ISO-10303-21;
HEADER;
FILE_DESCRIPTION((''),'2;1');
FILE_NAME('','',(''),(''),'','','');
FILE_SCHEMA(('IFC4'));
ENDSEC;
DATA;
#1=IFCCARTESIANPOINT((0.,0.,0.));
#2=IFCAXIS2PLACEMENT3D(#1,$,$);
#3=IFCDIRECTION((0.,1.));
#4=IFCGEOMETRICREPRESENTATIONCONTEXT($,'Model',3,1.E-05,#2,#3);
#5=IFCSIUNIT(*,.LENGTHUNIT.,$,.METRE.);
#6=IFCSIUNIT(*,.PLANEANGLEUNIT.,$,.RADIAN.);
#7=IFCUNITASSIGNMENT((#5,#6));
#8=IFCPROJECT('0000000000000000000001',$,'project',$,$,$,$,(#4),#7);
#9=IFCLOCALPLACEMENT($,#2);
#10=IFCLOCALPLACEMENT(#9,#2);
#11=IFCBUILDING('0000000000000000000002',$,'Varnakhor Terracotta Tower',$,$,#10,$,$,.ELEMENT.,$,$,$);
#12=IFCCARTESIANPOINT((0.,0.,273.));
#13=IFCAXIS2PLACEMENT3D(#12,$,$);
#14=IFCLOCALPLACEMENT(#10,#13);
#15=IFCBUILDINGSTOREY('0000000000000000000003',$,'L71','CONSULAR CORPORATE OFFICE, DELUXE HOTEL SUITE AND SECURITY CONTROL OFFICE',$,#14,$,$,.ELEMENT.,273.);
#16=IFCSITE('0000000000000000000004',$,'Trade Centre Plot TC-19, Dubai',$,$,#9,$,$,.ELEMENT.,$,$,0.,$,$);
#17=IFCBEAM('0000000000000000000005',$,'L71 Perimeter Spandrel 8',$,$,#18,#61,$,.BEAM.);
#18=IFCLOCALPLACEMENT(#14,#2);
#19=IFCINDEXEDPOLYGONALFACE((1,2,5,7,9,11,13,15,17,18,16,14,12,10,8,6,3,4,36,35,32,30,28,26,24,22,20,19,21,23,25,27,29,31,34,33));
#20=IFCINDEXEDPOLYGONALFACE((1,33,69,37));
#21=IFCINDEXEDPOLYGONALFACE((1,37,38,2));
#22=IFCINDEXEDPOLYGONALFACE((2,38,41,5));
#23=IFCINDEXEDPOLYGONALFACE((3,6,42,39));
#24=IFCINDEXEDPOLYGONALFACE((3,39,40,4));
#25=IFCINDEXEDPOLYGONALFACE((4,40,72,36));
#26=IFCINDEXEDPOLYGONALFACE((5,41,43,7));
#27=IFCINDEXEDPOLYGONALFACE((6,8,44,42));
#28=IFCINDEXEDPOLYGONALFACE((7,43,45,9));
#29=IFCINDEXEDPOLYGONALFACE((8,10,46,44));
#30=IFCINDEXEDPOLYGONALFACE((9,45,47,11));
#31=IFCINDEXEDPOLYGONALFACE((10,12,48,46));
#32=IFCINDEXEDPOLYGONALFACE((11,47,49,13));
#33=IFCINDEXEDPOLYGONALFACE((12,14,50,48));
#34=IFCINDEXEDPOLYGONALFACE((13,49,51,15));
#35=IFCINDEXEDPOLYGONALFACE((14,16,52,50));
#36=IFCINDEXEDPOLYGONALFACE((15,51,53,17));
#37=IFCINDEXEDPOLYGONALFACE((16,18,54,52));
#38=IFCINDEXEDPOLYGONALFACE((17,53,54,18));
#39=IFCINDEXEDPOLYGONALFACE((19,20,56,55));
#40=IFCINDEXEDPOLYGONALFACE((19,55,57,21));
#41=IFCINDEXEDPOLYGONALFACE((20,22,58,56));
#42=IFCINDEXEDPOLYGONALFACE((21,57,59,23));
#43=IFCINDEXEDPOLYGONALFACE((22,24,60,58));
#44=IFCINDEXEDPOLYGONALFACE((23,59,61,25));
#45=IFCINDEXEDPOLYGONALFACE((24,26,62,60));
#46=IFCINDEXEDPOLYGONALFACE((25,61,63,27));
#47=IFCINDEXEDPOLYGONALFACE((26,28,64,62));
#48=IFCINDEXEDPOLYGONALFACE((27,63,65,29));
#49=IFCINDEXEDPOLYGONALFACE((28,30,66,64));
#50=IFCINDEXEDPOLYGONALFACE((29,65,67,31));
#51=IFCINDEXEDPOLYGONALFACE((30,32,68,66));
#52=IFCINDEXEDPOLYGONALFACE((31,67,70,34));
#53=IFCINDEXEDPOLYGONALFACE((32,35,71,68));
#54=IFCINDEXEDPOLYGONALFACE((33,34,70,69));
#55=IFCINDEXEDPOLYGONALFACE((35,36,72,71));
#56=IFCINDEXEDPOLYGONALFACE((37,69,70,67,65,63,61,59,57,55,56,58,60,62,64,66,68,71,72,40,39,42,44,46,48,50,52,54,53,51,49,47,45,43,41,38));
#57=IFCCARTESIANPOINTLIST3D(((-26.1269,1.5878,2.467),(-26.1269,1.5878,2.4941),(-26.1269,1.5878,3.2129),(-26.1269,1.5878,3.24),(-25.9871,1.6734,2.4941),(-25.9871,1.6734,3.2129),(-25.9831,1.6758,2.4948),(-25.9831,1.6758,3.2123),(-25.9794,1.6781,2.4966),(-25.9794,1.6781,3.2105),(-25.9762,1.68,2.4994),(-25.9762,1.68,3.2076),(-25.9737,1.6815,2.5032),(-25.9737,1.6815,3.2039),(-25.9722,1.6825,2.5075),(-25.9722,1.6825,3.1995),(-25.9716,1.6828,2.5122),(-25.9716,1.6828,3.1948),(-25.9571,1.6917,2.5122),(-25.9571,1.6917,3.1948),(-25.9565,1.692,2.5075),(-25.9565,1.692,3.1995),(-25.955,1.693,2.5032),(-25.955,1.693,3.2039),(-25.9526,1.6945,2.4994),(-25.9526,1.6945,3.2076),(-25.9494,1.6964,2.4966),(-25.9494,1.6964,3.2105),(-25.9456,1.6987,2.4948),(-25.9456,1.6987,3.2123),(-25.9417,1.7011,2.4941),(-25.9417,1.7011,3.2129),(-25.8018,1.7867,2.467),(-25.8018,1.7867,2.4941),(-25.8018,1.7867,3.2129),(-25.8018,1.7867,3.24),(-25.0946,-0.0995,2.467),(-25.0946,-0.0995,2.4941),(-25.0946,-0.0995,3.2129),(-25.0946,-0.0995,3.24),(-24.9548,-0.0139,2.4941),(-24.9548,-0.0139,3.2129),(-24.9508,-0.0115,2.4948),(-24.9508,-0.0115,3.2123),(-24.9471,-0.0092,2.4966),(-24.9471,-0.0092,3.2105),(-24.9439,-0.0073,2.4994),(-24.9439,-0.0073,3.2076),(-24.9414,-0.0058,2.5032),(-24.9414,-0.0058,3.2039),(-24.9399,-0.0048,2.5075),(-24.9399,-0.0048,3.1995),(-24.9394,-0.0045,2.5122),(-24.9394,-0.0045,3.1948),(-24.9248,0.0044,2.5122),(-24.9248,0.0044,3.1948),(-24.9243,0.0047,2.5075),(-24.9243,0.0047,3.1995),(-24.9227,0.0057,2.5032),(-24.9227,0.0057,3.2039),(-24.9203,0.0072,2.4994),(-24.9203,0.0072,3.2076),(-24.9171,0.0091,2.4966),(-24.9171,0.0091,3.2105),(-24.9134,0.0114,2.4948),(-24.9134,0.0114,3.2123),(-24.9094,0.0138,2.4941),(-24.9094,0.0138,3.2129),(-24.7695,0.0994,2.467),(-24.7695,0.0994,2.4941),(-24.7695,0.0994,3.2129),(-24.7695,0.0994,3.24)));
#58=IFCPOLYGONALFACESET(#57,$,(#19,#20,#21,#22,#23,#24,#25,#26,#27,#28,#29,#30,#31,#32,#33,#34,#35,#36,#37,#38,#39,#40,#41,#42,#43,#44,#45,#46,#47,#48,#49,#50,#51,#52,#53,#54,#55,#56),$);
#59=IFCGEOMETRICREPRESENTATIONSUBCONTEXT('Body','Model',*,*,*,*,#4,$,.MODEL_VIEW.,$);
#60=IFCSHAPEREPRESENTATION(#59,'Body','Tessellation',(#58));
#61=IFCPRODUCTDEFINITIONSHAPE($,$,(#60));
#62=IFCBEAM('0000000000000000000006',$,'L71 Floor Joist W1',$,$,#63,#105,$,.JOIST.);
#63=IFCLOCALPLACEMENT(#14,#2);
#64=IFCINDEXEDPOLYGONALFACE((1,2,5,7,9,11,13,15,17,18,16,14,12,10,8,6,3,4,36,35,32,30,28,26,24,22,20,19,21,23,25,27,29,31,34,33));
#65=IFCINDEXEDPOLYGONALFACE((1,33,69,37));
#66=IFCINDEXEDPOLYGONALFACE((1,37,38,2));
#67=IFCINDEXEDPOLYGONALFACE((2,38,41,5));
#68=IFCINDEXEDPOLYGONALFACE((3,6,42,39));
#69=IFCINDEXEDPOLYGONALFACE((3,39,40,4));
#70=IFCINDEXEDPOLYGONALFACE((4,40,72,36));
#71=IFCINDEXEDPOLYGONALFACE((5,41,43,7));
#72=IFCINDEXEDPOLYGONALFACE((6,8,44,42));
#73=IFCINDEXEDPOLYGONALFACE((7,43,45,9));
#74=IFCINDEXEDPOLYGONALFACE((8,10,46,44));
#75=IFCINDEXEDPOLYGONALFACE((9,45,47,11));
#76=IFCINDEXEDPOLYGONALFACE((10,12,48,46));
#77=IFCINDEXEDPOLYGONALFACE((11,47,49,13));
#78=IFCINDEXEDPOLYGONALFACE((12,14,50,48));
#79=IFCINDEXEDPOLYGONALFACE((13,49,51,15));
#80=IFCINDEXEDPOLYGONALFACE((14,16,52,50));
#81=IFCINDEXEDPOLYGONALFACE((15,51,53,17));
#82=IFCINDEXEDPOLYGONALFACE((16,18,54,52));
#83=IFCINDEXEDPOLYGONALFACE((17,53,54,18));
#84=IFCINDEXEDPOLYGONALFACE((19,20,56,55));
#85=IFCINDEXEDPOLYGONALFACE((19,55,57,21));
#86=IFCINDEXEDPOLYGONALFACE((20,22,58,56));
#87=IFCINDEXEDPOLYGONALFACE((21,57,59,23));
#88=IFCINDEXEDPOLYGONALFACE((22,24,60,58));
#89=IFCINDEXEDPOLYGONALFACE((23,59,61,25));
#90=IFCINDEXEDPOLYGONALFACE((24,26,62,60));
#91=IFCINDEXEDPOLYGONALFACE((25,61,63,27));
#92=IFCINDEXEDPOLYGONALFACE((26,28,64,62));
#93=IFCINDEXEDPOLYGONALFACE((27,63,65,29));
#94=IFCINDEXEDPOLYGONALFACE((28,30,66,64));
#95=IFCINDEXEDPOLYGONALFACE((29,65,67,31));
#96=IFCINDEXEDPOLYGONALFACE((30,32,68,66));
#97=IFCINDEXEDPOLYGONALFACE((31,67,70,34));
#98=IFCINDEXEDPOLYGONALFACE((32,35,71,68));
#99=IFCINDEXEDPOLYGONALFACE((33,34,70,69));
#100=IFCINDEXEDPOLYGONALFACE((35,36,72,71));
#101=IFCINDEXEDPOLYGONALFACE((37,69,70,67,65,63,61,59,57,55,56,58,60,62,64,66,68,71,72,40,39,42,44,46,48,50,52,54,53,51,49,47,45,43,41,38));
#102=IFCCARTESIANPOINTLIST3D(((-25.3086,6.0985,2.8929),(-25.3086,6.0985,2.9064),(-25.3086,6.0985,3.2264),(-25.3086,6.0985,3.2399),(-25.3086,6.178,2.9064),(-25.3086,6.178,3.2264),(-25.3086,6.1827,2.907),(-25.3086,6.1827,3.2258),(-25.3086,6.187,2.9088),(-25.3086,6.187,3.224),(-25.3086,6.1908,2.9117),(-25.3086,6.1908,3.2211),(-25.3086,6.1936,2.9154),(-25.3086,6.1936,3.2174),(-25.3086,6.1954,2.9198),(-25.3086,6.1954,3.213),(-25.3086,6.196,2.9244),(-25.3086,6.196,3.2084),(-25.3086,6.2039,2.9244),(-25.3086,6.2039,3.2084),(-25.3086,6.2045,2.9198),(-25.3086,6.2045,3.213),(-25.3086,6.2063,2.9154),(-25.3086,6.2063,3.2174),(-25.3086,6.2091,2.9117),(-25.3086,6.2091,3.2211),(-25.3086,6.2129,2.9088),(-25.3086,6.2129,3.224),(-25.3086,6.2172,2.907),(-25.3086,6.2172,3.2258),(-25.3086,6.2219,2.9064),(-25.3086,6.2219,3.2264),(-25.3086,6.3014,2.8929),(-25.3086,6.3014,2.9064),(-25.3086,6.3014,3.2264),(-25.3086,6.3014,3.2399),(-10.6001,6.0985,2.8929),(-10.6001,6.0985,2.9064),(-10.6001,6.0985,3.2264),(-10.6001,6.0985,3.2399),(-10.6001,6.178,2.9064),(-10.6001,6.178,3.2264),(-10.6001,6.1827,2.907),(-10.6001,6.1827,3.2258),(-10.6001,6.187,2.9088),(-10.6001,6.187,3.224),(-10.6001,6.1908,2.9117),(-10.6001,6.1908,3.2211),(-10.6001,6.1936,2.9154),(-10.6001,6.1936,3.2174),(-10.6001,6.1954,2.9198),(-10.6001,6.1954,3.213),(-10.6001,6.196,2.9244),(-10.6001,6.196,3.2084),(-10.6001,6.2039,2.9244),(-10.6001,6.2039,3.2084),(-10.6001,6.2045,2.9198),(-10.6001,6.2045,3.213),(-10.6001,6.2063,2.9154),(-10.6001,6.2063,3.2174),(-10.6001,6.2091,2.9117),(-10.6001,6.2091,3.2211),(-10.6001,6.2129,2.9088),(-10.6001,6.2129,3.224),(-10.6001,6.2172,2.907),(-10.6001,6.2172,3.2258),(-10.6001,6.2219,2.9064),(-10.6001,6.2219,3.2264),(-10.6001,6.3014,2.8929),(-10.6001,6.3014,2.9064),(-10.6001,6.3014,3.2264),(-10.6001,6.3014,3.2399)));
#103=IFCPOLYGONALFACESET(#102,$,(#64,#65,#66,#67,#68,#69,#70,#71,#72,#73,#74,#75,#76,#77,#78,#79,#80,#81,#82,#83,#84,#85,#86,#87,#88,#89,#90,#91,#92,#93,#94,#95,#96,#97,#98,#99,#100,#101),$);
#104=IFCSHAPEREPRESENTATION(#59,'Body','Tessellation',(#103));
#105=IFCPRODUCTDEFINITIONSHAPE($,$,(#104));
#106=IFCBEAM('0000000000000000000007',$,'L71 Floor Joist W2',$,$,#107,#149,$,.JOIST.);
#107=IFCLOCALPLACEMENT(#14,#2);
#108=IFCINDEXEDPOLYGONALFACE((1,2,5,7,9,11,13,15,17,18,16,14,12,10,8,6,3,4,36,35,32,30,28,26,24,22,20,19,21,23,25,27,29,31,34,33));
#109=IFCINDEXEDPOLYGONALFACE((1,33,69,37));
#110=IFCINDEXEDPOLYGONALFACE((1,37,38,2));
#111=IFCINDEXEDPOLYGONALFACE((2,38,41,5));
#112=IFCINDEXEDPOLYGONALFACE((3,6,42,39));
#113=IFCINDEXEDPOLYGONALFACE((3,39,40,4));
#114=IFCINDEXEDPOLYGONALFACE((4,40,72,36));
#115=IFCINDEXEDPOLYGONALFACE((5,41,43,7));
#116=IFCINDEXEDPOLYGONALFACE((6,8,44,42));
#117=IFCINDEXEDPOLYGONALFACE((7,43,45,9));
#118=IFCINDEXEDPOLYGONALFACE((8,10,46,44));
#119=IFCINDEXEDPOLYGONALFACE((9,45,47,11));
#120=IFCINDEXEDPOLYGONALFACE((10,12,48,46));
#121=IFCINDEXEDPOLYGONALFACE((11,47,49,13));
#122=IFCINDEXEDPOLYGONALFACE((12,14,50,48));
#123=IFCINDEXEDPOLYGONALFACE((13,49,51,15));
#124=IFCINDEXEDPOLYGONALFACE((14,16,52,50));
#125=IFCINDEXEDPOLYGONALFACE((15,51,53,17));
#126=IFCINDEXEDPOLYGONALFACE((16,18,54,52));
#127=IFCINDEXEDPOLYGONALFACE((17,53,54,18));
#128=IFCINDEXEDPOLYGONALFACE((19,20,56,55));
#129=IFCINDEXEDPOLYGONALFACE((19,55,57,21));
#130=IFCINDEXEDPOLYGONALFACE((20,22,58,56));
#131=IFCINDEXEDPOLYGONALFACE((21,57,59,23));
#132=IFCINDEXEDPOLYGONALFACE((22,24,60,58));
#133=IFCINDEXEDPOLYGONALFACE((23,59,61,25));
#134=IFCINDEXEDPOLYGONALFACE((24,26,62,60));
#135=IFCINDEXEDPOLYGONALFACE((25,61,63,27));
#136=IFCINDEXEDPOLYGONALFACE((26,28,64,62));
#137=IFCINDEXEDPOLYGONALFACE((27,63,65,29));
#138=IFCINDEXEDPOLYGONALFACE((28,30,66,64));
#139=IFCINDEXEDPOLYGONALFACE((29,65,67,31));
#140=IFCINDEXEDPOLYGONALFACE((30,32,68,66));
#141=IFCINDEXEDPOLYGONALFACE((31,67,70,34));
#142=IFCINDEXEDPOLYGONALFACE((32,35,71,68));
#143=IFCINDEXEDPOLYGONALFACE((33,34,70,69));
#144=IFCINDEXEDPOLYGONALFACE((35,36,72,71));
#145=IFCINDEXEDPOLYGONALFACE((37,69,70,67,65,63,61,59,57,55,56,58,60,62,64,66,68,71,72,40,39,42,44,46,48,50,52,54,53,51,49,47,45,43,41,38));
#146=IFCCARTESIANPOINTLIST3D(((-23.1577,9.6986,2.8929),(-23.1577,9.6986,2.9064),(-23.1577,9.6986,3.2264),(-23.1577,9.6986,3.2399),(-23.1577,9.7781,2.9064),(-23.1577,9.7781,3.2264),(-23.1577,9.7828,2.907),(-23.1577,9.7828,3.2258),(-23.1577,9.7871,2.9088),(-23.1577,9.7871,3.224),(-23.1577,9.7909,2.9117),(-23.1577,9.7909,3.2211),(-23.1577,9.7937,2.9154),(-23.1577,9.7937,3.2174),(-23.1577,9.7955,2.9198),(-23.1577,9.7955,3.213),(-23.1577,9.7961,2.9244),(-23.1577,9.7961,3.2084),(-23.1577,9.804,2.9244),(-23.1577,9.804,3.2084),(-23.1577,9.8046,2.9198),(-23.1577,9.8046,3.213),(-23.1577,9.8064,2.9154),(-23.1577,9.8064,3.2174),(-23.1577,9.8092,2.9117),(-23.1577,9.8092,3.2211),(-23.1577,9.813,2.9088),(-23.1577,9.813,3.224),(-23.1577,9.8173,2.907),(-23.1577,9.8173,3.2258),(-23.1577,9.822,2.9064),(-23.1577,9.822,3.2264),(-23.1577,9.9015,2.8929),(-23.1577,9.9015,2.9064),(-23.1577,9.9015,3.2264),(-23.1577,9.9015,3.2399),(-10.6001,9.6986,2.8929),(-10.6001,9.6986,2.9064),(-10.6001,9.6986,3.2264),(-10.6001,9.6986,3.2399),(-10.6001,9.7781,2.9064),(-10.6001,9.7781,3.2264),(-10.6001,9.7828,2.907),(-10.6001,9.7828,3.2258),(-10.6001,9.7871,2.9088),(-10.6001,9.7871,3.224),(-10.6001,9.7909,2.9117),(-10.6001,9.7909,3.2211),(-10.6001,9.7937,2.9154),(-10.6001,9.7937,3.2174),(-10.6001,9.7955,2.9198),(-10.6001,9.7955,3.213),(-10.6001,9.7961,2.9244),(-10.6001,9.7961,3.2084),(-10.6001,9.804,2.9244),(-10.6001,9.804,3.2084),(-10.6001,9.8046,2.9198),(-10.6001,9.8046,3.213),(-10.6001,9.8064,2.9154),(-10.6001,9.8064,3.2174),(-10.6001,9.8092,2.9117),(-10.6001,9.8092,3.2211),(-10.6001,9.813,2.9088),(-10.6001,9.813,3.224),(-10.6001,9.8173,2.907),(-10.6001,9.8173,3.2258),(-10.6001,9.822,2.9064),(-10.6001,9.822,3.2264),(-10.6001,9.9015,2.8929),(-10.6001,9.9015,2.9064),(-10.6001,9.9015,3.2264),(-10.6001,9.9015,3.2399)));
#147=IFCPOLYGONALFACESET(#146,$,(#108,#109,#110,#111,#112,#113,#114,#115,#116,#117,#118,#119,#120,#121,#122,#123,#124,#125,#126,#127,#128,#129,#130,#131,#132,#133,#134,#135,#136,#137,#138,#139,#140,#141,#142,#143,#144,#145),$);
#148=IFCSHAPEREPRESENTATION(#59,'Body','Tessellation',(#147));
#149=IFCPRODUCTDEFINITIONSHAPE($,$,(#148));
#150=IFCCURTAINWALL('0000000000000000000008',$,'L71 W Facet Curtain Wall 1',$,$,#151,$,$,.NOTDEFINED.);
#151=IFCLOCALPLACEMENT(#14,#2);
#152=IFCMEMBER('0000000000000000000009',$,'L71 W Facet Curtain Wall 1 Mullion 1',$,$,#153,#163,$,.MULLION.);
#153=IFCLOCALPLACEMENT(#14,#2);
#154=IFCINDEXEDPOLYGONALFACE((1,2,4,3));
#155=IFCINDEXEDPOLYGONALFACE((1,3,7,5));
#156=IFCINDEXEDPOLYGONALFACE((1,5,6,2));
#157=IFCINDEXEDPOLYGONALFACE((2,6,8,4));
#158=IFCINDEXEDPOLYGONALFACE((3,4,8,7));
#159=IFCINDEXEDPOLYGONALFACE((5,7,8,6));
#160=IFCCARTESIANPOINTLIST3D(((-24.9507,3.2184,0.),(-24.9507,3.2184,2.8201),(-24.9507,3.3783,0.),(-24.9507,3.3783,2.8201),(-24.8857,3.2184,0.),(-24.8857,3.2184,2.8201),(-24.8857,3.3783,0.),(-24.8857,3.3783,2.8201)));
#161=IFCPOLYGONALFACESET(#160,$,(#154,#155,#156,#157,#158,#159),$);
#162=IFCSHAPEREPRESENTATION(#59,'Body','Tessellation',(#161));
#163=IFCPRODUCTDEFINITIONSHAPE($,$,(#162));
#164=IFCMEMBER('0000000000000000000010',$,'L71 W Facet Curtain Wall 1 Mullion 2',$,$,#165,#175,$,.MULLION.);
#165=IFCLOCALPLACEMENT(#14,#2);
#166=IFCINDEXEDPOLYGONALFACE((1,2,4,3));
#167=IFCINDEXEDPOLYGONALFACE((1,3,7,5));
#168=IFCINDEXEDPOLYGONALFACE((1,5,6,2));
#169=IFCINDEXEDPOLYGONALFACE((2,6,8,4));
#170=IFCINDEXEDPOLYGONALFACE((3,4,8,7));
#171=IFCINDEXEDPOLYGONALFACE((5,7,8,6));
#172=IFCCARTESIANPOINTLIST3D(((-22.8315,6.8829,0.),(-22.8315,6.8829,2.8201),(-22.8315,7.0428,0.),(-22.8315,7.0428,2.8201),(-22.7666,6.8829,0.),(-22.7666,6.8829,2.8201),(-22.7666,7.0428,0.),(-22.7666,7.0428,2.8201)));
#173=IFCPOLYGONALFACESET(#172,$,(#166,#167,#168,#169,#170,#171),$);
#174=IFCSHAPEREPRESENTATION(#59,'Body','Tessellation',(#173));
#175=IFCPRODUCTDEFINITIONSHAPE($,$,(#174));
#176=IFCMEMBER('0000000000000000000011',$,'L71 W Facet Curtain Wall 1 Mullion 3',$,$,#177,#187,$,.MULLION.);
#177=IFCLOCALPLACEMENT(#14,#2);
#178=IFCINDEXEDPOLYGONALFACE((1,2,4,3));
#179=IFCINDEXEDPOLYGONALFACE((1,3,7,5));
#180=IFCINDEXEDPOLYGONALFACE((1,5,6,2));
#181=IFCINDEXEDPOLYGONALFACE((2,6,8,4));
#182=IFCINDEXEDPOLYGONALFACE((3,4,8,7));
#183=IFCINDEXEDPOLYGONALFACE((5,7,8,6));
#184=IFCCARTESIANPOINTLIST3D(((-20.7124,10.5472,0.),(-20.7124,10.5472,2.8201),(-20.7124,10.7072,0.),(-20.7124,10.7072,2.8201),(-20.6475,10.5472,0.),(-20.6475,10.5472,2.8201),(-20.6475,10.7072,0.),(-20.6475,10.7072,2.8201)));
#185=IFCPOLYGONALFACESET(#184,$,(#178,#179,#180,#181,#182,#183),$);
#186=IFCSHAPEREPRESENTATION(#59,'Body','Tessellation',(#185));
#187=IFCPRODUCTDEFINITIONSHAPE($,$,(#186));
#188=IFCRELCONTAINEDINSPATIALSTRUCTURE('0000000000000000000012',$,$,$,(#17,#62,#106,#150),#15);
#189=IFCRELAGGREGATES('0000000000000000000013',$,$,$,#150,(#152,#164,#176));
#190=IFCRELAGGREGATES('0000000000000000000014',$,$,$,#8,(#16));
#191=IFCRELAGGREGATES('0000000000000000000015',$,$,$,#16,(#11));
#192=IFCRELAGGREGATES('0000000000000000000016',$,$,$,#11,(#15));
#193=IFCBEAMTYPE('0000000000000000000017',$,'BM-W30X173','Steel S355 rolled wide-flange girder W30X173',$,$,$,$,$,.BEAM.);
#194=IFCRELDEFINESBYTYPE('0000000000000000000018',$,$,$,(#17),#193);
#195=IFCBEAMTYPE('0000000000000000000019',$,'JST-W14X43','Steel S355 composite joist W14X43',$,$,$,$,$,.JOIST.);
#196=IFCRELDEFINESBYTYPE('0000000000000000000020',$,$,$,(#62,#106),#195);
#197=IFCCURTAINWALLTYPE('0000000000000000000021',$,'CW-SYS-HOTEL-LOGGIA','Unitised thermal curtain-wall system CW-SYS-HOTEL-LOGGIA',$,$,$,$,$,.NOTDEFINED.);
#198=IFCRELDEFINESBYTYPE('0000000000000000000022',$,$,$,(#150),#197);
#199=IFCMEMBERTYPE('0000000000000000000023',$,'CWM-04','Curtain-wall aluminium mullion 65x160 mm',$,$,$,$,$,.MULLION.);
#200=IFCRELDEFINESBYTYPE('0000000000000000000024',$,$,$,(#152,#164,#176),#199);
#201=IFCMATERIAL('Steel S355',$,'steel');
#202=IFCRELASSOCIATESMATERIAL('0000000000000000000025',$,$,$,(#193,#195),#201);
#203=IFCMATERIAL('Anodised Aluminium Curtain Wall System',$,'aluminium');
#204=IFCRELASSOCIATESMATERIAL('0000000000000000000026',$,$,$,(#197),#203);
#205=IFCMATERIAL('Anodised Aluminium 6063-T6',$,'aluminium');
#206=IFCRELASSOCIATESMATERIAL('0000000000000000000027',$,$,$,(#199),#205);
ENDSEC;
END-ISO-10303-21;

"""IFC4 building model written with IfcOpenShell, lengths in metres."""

from ifc_helpers import new_model, si_unit, direction, frame, origin, origin_2d, place, context, subcontext, project, spatial, rectangle, i_section, extrude, source, transform, mapped, material, material_profile, profile_set, type_object, type_shapes, element, aggregate, save


model = new_model("IFC4")

# Units and contexts
model_context = context("Model", 3, precision=1e-05, world=origin(), true_north=direction((0.0, 1.0)))
body_context = subcontext(model_context, "Body", "Model", "MODEL_VIEW")
ifc_project = project(units=[si_unit("LENGTHUNIT", "METRE"), si_unit("PLANEANGLEUNIT", "RADIAN")], contexts=[model_context])

# Site, building, storey
site_placement = place(None, origin())
site = spatial("IfcSite", under=ifc_project, at=site_placement, Name="Trade Centre Plot TC-19, Dubai", CompositionType="ELEMENT", RefElevation=0.0)
building_placement = place(site_placement, origin())
building = spatial("IfcBuilding", under=site, at=building_placement, Name="Varnakhor Terracotta Tower", CompositionType="ELEMENT")
storey_placement = place(building_placement, frame((0.0, 0.0, 273.0)))
storey = spatial("IfcBuildingStorey", under=building, at=storey_placement, Name="L71", Description="CONSULAR CORPORATE OFFICE, DELUXE HOTEL SUITE AND SECURITY CONTROL OFFICE", CompositionType="ELEMENT", Elevation=273.0)

# Shared definitions
ifc_material_1 = material(Name="Steel S355", Category="steel")

# Beams
ifc_material_profile_1 = material_profile(ifc_material_1, i_section(OverallWidth=0.3811, OverallDepth=0.7729, WebThickness=0.0171, FlangeThickness=0.0271, FilletRadius=0.0181, at=origin_2d()), Name="W30X173")
ifc_profile_set_1 = profile_set([ifc_material_profile_1], Name="Steel S355")
beam_type_1 = type_object("IfcBeamType", Name="BM-W30X173", Description="Steel S355 rolled wide-flange girder W30X173", PredefinedType="BEAM", material=ifc_profile_set_1)
shared_shape_1 = source(origin(), body_context, "Body", "SweptSolid", [
    extrude(i_section(OverallWidth=0.3811, OverallDepth=0.7729, WebThickness=0.0171, FlangeThickness=0.0271, FilletRadius=0.0181, at=origin_2d()), origin(), (0.0, 0.0, 1.0), 1.978),
])
beam_1_placement = place(storey_placement, frame((-25.9644, 1.6873, 2.8535), z_axis=(0.521864, -0.853028, 0.0), x_axis=(0.853028, 0.521864, 0.0)))
element("IfcBeam", 1, at=beam_1_placement, inside=storey, type_object=beam_type_1, Name="L71 Perimeter Spandrel 8", PredefinedType="BEAM", context=body_context, shape_type="MappedRepresentation", body=[
    mapped(shared_shape_1, transform((0.0, 0.0, 0.0), scale=1.0)),
])
ifc_material_profile_2 = material_profile(ifc_material_1, i_section(OverallWidth=0.2029, OverallDepth=0.3469, WebThickness=0.0078, FlangeThickness=0.0134, FilletRadius=0.0181, at=origin_2d()), Name="W14X43")
ifc_profile_set_2 = profile_set([ifc_material_profile_2], Name="Steel S355")
beam_type_2 = type_object("IfcBeamType", Name="JST-W14X43", Description="Steel S355 composite joist W14X43", PredefinedType="JOIST", material=ifc_profile_set_2)
shared_shape_2 = source(origin(), body_context, "Body", "SweptSolid", [
    extrude(i_section(OverallWidth=0.2029, OverallDepth=0.3469, WebThickness=0.0078, FlangeThickness=0.0134, FilletRadius=0.0181, at=origin_2d()), origin(), (0.0, 0.0, 1.0), 14.7085),
])
beam_2_placement = place(storey_placement, frame((-25.3086, 6.2, 3.0664), z_axis=(1.0, 0.0, 0.0), x_axis=(0.0, 1.0, 0.0)))
element("IfcBeam", 2, at=beam_2_placement, inside=storey, type_object=beam_type_2, Name="L71 Floor Joist W1", PredefinedType="JOIST", context=body_context, shape_type="MappedRepresentation", body=[
    mapped(shared_shape_2, transform((0.0, 0.0, 0.0), scale=1.0)),
])
shared_shape_3 = source(origin(), body_context, "Body", "SweptSolid", [
    extrude(i_section(OverallWidth=0.2029, OverallDepth=0.3469, WebThickness=0.0078, FlangeThickness=0.0134, FilletRadius=0.0181, at=origin_2d()), origin(), (0.0, 0.0, 1.0), 12.5576),
])
beam_3_placement = place(storey_placement, frame((-23.1577, 9.8, 3.0664), z_axis=(1.0, 0.0, 0.0), x_axis=(0.0, 1.0, 0.0)))
element("IfcBeam", 3, at=beam_3_placement, inside=storey, type_object=beam_type_2, Name="L71 Floor Joist W2", PredefinedType="JOIST", context=body_context, shape_type="MappedRepresentation", body=[
    mapped(shared_shape_3, transform((0.0, 0.0, 0.0), scale=1.0)),
])

# Curtain wall, members
ifc_material_2 = material(Name="Anodised Aluminium Curtain Wall System", Category="aluminium")
curtain_wall_type = type_object("IfcCurtainWallType", Name="CW-SYS-HOTEL-LOGGIA", Description="Unitised thermal curtain-wall system CW-SYS-HOTEL-LOGGIA", PredefinedType="NOTDEFINED", material=ifc_material_2)
curtain_wall_1_placement = place(storey_placement, origin())
curtain_wall_1 = element("IfcCurtainWall", 4, at=curtain_wall_1_placement, inside=storey, type_object=curtain_wall_type, Name="L71 W Facet Curtain Wall 1", PredefinedType="NOTDEFINED")
ifc_material_3 = material(Name="Anodised Aluminium 6063-T6", Category="aluminium")
ifc_material_profile_3 = material_profile(ifc_material_3, rectangle(XDim=0.0649, YDim=0.1599, at=origin_2d()), Name="ALU MULLION 65x160")
ifc_profile_set_3 = profile_set([ifc_material_profile_3], Name="Anodised Aluminium 6063-T6")
member_type_1 = type_object("IfcMemberType", Name="CWM-04", Description="Curtain-wall aluminium mullion 65x160 mm", PredefinedType="MULLION", material=ifc_profile_set_3)
shared_shape_4 = source(origin(), body_context, "Body", "SweptSolid", [
    extrude(rectangle(XDim=0.0649, YDim=0.1599, at=origin_2d()), origin(), (0.0, 0.0, 1.0), 2.8201),
])
type_shapes(member_type_1, [shared_shape_4])
member_1_placement = place(storey_placement, frame((-24.9182, 3.2983, 0.0), z_axis=(0.0, 0.0, 1.0), x_axis=(1.0, 0.0, 0.0)))
member_1 = element("IfcMember", 5, at=member_1_placement, type_object=member_type_1, Name="L71 W Facet Curtain Wall 1 Mullion 1", PredefinedType="MULLION", context=body_context, shape_type="MappedRepresentation", body=[
    mapped(shared_shape_4, transform((0.0, 0.0, 0.0), scale=1.0)),
])
member_2_placement = place(storey_placement, frame((-22.7991, 6.9629, 0.0), z_axis=(0.0, 0.0, 1.0), x_axis=(1.0, 0.0, 0.0)))
member_2 = element("IfcMember", 6, at=member_2_placement, type_object=member_type_1, Name="L71 W Facet Curtain Wall 1 Mullion 2", PredefinedType="MULLION", context=body_context, shape_type="MappedRepresentation", body=[
    mapped(shared_shape_4, transform((0.0, 0.0, 0.0), scale=1.0)),
])
member_3_placement = place(storey_placement, frame((-20.6799, 10.6272, 0.0), z_axis=(0.0, 0.0, 1.0), x_axis=(1.0, 0.0, 0.0)))
member_3 = element("IfcMember", 7, at=member_3_placement, type_object=member_type_1, Name="L71 W Facet Curtain Wall 1 Mullion 3", PredefinedType="MULLION", context=body_context, shape_type="MappedRepresentation", body=[
    mapped(shared_shape_4, transform((0.0, 0.0, 0.0), scale=1.0)),
])

aggregate(curtain_wall_1, [member_1, member_2, member_3])

save(model, "model.ifc")
